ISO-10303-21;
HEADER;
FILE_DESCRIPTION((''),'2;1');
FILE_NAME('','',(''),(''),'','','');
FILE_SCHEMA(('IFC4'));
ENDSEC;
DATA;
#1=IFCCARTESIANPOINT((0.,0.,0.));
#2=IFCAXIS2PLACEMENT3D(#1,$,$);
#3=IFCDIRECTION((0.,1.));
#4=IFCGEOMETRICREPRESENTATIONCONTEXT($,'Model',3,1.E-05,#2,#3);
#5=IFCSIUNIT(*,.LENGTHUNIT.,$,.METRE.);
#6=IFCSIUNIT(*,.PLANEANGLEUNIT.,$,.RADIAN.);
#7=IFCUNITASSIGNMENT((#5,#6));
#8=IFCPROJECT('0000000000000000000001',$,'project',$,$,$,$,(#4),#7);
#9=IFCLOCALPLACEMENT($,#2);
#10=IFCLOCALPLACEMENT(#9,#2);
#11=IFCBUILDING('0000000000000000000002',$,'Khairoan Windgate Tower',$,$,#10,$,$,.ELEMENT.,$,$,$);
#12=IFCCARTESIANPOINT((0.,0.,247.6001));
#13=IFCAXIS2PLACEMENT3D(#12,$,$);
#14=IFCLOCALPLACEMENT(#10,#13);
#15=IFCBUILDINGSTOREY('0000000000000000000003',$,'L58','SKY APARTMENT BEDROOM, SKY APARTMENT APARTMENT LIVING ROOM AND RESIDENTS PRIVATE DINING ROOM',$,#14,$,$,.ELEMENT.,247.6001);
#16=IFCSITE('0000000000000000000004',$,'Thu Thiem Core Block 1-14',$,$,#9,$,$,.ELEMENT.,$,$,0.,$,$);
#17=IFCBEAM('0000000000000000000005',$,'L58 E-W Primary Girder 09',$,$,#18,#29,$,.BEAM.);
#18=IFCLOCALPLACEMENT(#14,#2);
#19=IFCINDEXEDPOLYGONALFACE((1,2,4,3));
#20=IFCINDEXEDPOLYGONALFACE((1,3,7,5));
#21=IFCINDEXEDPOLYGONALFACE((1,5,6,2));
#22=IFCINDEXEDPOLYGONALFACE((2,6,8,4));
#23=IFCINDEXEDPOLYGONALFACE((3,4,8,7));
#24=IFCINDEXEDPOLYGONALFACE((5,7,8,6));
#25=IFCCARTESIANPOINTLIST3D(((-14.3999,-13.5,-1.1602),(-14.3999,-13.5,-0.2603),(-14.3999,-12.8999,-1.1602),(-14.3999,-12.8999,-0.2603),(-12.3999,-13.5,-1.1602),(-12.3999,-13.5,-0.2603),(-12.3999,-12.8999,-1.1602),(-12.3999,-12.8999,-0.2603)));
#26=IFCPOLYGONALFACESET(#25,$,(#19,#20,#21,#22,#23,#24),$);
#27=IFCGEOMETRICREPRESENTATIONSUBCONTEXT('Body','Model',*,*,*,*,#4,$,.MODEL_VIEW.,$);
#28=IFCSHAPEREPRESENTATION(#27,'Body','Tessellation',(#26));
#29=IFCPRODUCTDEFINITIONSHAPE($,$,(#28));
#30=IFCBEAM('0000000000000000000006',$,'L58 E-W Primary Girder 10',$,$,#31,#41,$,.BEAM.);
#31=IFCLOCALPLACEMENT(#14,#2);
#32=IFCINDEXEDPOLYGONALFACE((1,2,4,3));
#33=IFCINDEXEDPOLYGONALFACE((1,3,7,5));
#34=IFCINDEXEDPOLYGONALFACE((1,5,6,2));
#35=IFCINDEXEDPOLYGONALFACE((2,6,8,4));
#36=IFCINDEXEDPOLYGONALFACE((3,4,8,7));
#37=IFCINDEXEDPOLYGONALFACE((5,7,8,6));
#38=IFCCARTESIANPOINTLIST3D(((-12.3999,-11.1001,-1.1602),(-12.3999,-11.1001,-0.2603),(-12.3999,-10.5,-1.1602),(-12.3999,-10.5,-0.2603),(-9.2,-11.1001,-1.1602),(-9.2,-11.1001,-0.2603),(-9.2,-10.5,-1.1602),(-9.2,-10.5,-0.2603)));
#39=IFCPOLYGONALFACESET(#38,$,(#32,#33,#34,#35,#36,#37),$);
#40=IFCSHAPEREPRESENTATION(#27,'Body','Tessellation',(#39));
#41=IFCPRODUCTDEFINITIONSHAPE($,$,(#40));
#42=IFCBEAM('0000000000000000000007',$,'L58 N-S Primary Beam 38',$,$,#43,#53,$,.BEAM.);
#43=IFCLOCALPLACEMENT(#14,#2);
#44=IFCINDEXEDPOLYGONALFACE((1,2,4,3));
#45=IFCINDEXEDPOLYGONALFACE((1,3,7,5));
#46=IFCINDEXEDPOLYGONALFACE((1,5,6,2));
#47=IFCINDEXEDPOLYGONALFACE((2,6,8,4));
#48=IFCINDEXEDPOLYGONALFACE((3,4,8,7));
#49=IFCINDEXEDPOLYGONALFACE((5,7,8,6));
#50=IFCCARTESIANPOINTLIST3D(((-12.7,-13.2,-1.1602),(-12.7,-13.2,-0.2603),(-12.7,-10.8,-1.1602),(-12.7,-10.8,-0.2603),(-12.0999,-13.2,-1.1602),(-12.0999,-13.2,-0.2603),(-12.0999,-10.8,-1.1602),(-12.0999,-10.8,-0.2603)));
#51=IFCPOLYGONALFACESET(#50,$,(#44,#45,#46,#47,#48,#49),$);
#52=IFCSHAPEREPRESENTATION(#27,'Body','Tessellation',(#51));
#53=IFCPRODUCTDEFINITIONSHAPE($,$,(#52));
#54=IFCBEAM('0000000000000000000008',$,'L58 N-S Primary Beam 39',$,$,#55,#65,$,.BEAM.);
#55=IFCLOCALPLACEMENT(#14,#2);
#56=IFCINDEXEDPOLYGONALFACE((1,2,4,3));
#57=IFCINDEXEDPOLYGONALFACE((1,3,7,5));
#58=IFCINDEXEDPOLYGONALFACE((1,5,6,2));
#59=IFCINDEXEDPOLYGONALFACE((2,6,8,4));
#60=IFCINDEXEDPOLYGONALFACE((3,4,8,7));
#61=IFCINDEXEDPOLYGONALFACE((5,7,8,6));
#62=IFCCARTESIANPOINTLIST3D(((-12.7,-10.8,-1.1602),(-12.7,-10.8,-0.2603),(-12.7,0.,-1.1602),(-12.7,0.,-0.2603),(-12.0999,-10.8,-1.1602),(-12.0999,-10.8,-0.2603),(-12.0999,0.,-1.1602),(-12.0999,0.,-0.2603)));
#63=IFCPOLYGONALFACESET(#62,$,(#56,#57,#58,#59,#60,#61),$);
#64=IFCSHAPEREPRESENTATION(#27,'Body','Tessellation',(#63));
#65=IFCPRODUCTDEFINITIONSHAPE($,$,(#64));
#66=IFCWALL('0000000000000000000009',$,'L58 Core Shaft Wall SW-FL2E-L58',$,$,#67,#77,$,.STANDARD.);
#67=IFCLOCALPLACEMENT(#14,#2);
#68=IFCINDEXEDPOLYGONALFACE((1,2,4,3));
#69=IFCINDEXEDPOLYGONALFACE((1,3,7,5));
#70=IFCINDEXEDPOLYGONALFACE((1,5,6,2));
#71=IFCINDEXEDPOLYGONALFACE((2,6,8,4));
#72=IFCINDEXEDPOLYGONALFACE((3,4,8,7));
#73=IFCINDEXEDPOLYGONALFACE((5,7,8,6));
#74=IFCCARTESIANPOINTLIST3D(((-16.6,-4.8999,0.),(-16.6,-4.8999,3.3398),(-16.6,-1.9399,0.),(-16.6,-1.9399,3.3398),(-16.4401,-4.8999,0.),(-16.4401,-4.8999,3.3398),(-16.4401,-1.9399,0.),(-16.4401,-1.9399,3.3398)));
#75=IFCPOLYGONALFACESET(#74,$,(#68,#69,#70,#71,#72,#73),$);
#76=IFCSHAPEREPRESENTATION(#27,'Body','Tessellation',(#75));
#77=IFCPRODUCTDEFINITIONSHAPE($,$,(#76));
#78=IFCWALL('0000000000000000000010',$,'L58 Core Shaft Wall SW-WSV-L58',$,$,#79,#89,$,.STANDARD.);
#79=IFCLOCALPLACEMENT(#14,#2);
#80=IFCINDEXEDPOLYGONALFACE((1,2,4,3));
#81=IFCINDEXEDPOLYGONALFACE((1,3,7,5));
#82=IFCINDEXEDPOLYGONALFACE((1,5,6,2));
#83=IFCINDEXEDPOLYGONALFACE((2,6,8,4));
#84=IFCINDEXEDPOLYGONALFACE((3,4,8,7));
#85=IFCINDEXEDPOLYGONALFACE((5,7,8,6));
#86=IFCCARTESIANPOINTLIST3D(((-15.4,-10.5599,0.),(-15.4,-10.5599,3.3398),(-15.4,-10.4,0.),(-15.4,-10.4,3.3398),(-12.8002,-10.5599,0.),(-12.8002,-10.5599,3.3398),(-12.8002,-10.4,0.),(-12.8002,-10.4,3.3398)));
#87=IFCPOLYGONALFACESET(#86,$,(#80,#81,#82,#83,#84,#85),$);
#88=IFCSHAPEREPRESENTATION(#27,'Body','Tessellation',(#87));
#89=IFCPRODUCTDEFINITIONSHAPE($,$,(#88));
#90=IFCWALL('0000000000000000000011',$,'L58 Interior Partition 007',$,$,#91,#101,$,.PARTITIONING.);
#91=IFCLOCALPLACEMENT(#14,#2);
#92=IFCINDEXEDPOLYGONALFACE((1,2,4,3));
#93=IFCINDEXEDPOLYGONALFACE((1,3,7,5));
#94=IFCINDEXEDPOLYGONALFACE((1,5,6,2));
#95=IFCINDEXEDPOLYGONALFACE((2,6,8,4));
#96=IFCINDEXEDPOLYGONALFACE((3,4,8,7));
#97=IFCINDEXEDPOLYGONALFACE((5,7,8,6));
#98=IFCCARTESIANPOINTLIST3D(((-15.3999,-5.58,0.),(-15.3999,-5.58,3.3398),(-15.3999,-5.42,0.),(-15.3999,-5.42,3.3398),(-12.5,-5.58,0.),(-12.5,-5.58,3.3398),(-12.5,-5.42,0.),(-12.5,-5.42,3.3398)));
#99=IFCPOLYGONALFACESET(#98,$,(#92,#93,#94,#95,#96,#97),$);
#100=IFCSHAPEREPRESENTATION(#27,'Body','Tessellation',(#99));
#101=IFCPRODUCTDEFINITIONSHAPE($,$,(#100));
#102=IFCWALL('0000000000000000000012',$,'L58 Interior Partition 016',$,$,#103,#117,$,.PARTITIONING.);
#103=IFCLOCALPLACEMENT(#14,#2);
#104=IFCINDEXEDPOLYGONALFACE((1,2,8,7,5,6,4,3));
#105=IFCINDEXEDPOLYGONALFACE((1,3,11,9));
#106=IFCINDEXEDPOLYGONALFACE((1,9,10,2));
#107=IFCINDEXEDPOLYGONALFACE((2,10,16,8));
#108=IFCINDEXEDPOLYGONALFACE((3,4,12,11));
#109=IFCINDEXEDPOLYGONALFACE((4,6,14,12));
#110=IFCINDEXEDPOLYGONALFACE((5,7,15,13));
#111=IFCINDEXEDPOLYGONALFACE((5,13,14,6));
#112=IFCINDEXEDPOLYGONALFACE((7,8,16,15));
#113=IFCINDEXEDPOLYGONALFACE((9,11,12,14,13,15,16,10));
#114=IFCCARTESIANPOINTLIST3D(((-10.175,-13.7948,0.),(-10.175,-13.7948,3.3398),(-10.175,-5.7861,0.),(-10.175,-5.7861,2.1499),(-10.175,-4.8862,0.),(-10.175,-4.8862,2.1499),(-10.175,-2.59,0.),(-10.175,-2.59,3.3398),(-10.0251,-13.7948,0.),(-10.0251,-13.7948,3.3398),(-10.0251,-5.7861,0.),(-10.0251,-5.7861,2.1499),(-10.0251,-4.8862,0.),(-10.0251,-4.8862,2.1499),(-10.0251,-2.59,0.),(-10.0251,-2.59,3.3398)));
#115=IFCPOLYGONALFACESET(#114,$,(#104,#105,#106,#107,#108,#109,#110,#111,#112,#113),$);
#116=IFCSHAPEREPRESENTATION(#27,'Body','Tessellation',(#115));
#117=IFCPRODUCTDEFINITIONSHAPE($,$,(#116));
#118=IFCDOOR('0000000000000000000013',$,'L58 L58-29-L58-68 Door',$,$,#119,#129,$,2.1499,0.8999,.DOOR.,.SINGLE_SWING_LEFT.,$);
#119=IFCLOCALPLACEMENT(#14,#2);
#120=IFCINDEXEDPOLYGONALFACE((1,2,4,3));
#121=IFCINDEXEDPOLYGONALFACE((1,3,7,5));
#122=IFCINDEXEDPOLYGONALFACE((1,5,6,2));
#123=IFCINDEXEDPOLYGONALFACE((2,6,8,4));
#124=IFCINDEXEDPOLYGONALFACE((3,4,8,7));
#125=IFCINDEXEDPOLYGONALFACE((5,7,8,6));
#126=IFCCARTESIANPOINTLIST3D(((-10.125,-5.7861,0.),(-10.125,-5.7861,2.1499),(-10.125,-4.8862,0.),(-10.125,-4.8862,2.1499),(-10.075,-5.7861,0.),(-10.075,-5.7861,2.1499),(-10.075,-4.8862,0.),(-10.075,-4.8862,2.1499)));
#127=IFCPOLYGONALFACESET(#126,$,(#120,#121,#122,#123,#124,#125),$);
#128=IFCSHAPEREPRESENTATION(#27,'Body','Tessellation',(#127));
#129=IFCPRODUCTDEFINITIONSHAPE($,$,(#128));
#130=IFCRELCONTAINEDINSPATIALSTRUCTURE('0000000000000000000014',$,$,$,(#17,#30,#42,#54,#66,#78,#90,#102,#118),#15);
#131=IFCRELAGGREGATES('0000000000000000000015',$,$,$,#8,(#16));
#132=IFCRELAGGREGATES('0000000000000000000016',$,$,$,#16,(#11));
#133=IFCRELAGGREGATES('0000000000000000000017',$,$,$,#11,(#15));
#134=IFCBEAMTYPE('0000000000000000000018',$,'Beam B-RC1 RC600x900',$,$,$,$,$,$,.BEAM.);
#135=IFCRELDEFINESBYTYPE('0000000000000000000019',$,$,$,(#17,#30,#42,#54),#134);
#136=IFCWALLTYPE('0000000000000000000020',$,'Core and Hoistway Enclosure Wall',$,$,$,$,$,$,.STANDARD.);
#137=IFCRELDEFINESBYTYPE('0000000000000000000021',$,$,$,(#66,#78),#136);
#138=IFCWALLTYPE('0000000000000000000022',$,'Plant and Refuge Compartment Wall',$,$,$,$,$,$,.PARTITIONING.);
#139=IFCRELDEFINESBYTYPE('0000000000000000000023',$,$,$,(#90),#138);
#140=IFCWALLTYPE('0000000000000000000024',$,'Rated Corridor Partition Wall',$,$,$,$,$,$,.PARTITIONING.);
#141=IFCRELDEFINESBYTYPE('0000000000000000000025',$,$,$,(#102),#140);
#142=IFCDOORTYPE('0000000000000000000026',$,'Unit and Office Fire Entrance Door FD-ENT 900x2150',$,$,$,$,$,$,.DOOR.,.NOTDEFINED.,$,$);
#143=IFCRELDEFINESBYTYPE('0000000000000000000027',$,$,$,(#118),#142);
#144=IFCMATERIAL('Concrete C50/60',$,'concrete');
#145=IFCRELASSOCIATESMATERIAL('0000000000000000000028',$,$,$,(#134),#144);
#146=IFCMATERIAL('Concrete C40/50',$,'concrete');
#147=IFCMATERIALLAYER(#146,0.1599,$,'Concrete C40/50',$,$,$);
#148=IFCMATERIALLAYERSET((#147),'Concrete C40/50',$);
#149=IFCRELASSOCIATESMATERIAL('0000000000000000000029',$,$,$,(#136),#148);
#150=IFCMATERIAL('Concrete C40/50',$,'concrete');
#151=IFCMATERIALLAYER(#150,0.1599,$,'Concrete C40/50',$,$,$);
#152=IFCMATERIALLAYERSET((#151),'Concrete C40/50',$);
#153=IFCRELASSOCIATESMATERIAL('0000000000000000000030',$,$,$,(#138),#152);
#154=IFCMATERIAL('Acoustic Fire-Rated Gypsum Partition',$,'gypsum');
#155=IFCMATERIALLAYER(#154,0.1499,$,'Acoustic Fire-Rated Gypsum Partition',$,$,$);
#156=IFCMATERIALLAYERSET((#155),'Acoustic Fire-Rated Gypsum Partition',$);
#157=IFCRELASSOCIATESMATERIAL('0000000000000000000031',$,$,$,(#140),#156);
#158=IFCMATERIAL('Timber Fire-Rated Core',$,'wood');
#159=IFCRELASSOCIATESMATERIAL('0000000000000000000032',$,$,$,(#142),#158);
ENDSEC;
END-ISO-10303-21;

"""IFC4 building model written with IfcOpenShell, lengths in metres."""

from ifc_helpers import new_model, si_unit, direction, frame, frame_2d, origin, origin_2d, place, context, subcontext, project, spatial, rectangle, extrude, material, layer, layer_set, material_profile, profile_set, type_object, element, fill, save


model = new_model("IFC4")

# Units and contexts
model_context = context("Model", 3, precision=1e-05, world=origin(), true_north=direction((0.0, 1.0)))
body_context = subcontext(model_context, "Body", "Model", "MODEL_VIEW")
ifc_project = project(units=[si_unit("LENGTHUNIT", "METRE"), si_unit("PLANEANGLEUNIT", "RADIAN")], contexts=[model_context])

# Site, building, storey
site_placement = place(None, origin())
site = spatial("IfcSite", under=ifc_project, at=site_placement, Name="Thu Thiem Core Block 1-14", CompositionType="ELEMENT", RefElevation=0.0)
building_placement = place(site_placement, origin())
building = spatial("IfcBuilding", under=site, at=building_placement, Name="Khairoan Windgate Tower", CompositionType="ELEMENT")
storey_placement = place(building_placement, frame((0.0, 0.0, 247.6001)))
storey = spatial("IfcBuildingStorey", under=building, at=storey_placement, Name="L58", Description="SKY APARTMENT BEDROOM, SKY APARTMENT APARTMENT LIVING ROOM AND RESIDENTS PRIVATE DINING ROOM", CompositionType="ELEMENT", Elevation=247.6001)

# Beams
ifc_material_1 = material(Name="Concrete C50/60", Category="concrete")
ifc_material_profile = material_profile(ifc_material_1, rectangle(XDim=0.6001, YDim=0.8999, at=origin_2d()))
ifc_profile_set = profile_set([ifc_material_profile], Name="Concrete C50/60")
beam_type = type_object("IfcBeamType", Name="Beam B-RC1 RC600x900", PredefinedType="BEAM", material=ifc_profile_set)
beam_1_placement = place(storey_placement, frame((-14.3999, -13.2, -0.7102), z_axis=(1.0, 0.0, 0.0), x_axis=(0.0, 1.0, 0.0)))
element("IfcBeam", 1, at=beam_1_placement, inside=storey, type_object=beam_type, Name="L58 E-W Primary Girder 09", PredefinedType="BEAM", context=body_context, shape_type="SweptSolid", body=[
    extrude(rectangle(XDim=0.6001, YDim=0.8999, at=origin_2d()), origin(), (0.0, 0.0, 1.0), 2.0),
])
beam_2_placement = place(storey_placement, frame((-12.3999, -10.8, -0.7102), z_axis=(1.0, 0.0, 0.0), x_axis=(0.0, 1.0, 0.0)))
element("IfcBeam", 2, at=beam_2_placement, inside=storey, type_object=beam_type, Name="L58 E-W Primary Girder 10", PredefinedType="BEAM", context=body_context, shape_type="SweptSolid", body=[
    extrude(rectangle(XDim=0.6001, YDim=0.8999, at=origin_2d()), origin(), (0.0, 0.0, 1.0), 3.2),
])
beam_3_placement = place(storey_placement, frame((-12.3999, -13.2, -0.7102), z_axis=(0.0, 1.0, 0.0), x_axis=(-1.0, 0.0, 0.0)))
element("IfcBeam", 3, at=beam_3_placement, inside=storey, type_object=beam_type, Name="L58 N-S Primary Beam 38", PredefinedType="BEAM", context=body_context, shape_type="SweptSolid", body=[
    extrude(rectangle(XDim=0.6001, YDim=0.8999, at=origin_2d()), origin(), (0.0, 0.0, 1.0), 2.3999),
])
beam_4_placement = place(storey_placement, frame((-12.3999, -10.8, -0.7102), z_axis=(0.0, 1.0, 0.0), x_axis=(-1.0, 0.0, 0.0)))
element("IfcBeam", 4, at=beam_4_placement, inside=storey, type_object=beam_type, Name="L58 N-S Primary Beam 39", PredefinedType="BEAM", context=body_context, shape_type="SweptSolid", body=[
    extrude(rectangle(XDim=0.6001, YDim=0.8999, at=origin_2d()), origin(), (0.0, 0.0, 1.0), 10.8),
])

# Walls
ifc_material_2 = material(Name="Concrete C40/50", Category="concrete")
ifc_layer_1 = layer(ifc_material_2, 0.1599, Name="Concrete C40/50")
ifc_layer_set_1 = layer_set([ifc_layer_1], Name="Concrete C40/50")
wall_type_1 = type_object("IfcWallType", Name="Core and Hoistway Enclosure Wall", PredefinedType="STANDARD", material=ifc_layer_set_1)
wall_1_placement = place(storey_placement, frame((-16.52, -4.8999, 0.0), z_axis=(0.0, 0.0, 1.0), x_axis=(0.0, 1.0, 0.0)))
element("IfcWall", 5, at=wall_1_placement, inside=storey, type_object=wall_type_1, Name="L58 Core Shaft Wall SW-FL2E-L58", PredefinedType="STANDARD", context=body_context, shape_type="SweptSolid", body=[
    extrude(rectangle(XDim=2.96, YDim=0.1599, at=frame_2d((1.48, 0.0))), origin(), (0.0, 0.0, 1.0), 3.3398),
])
wall_2_placement = place(storey_placement, frame((-15.3999, -10.48, 0.0), z_axis=(0.0, 0.0, 1.0), x_axis=(1.0, 0.0, 0.0)))
element("IfcWall", 6, at=wall_2_placement, inside=storey, type_object=wall_type_1, Name="L58 Core Shaft Wall SW-WSV-L58", PredefinedType="STANDARD", context=body_context, shape_type="SweptSolid", body=[
    extrude(rectangle(XDim=2.5999, YDim=0.1599, at=frame_2d((1.2998, 0.0))), origin(), (0.0, 0.0, 1.0), 3.3398),
])
ifc_material_3 = material(Name="Concrete C40/50", Category="concrete")
ifc_layer_2 = layer(ifc_material_3, 0.1599, Name="Concrete C40/50")
ifc_layer_set_2 = layer_set([ifc_layer_2], Name="Concrete C40/50")
wall_type_2 = type_object("IfcWallType", Name="Plant and Refuge Compartment Wall", PredefinedType="PARTITIONING", material=ifc_layer_set_2)
wall_3_placement = place(storey_placement, frame((-15.3999, -5.5, 0.0), z_axis=(0.0, 0.0, 1.0), x_axis=(1.0, 0.0, 0.0)))
element("IfcWall", 7, at=wall_3_placement, inside=storey, type_object=wall_type_2, Name="L58 Interior Partition 007", PredefinedType="PARTITIONING", context=body_context, shape_type="SweptSolid", body=[
    extrude(rectangle(XDim=2.8999, YDim=0.1599, at=frame_2d((1.45, 0.0))), origin(), (0.0, 0.0, 1.0), 3.3398),
])

# Wall, opening, door
ifc_material_4 = material(Name="Acoustic Fire-Rated Gypsum Partition", Category="gypsum")
ifc_layer_3 = layer(ifc_material_4, 0.1499, Name="Acoustic Fire-Rated Gypsum Partition")
ifc_layer_set_3 = layer_set([ifc_layer_3], Name="Acoustic Fire-Rated Gypsum Partition")
wall_type_3 = type_object("IfcWallType", Name="Rated Corridor Partition Wall", PredefinedType="PARTITIONING", material=ifc_layer_set_3)
wall_4_placement = place(storey_placement, frame((-10.1001, -13.7949, 0.0), z_axis=(0.0, 0.0, 1.0), x_axis=(0.0, 1.0, 0.0)))
wall_4 = element("IfcWall", 8, at=wall_4_placement, inside=storey, type_object=wall_type_3, Name="L58 Interior Partition 016", PredefinedType="PARTITIONING", context=body_context, shape_type="SweptSolid", body=[
    extrude(rectangle(XDim=11.2048, YDim=0.1499, at=frame_2d((5.6025, 0.0))), origin(), (0.0, 0.0, 1.0), 3.3398),
])
opening_1_placement = place(wall_4_placement, frame((8.0088, 0.0, 0.0)))
opening_1 = element("IfcOpeningElement", 9, at=opening_1_placement, cuts=wall_4, PredefinedType="OPENING", context=body_context, shape_type="SweptSolid", body=[
    extrude(rectangle(XDim=0.8999, YDim=2.1499, at=frame_2d((0.45, 1.075))), frame((0.0, 0.085, 0.0), z_axis=(0.0, -1.0, 0.0), x_axis=(1.0, 0.0, 0.0)), (0.0, 0.0, 1.0), 0.1699),
])
ifc_material_5 = material(Name="Timber Fire-Rated Core", Category="wood")
door_type_1 = type_object("IfcDoorType", Name="Unit and Office Fire Entrance Door FD-ENT 900x2150", OperationType="NOTDEFINED", PredefinedType="DOOR", material=ifc_material_5)
door_1_placement = place(opening_1_placement, origin())
door_1 = element("IfcDoor", 10, at=door_1_placement, inside=storey, type_object=door_type_1, Name="L58 L58-29-L58-68 Door", OperationType="SINGLE_SWING_LEFT", OverallHeight=2.1499, OverallWidth=0.8999, PredefinedType="DOOR", context=body_context, shape_type="SweptSolid", body=[
    extrude(rectangle(XDim=0.8999, YDim=2.1499, at=frame_2d((0.45, 1.075))), frame((0.0, 0.0249, 0.0), z_axis=(0.0, -1.0, 0.0), x_axis=(1.0, 0.0, 0.0)), (0.0, 0.0, 1.0), 0.05),
])
fill(opening_1, door_1)

save(model, "model.ifc")
